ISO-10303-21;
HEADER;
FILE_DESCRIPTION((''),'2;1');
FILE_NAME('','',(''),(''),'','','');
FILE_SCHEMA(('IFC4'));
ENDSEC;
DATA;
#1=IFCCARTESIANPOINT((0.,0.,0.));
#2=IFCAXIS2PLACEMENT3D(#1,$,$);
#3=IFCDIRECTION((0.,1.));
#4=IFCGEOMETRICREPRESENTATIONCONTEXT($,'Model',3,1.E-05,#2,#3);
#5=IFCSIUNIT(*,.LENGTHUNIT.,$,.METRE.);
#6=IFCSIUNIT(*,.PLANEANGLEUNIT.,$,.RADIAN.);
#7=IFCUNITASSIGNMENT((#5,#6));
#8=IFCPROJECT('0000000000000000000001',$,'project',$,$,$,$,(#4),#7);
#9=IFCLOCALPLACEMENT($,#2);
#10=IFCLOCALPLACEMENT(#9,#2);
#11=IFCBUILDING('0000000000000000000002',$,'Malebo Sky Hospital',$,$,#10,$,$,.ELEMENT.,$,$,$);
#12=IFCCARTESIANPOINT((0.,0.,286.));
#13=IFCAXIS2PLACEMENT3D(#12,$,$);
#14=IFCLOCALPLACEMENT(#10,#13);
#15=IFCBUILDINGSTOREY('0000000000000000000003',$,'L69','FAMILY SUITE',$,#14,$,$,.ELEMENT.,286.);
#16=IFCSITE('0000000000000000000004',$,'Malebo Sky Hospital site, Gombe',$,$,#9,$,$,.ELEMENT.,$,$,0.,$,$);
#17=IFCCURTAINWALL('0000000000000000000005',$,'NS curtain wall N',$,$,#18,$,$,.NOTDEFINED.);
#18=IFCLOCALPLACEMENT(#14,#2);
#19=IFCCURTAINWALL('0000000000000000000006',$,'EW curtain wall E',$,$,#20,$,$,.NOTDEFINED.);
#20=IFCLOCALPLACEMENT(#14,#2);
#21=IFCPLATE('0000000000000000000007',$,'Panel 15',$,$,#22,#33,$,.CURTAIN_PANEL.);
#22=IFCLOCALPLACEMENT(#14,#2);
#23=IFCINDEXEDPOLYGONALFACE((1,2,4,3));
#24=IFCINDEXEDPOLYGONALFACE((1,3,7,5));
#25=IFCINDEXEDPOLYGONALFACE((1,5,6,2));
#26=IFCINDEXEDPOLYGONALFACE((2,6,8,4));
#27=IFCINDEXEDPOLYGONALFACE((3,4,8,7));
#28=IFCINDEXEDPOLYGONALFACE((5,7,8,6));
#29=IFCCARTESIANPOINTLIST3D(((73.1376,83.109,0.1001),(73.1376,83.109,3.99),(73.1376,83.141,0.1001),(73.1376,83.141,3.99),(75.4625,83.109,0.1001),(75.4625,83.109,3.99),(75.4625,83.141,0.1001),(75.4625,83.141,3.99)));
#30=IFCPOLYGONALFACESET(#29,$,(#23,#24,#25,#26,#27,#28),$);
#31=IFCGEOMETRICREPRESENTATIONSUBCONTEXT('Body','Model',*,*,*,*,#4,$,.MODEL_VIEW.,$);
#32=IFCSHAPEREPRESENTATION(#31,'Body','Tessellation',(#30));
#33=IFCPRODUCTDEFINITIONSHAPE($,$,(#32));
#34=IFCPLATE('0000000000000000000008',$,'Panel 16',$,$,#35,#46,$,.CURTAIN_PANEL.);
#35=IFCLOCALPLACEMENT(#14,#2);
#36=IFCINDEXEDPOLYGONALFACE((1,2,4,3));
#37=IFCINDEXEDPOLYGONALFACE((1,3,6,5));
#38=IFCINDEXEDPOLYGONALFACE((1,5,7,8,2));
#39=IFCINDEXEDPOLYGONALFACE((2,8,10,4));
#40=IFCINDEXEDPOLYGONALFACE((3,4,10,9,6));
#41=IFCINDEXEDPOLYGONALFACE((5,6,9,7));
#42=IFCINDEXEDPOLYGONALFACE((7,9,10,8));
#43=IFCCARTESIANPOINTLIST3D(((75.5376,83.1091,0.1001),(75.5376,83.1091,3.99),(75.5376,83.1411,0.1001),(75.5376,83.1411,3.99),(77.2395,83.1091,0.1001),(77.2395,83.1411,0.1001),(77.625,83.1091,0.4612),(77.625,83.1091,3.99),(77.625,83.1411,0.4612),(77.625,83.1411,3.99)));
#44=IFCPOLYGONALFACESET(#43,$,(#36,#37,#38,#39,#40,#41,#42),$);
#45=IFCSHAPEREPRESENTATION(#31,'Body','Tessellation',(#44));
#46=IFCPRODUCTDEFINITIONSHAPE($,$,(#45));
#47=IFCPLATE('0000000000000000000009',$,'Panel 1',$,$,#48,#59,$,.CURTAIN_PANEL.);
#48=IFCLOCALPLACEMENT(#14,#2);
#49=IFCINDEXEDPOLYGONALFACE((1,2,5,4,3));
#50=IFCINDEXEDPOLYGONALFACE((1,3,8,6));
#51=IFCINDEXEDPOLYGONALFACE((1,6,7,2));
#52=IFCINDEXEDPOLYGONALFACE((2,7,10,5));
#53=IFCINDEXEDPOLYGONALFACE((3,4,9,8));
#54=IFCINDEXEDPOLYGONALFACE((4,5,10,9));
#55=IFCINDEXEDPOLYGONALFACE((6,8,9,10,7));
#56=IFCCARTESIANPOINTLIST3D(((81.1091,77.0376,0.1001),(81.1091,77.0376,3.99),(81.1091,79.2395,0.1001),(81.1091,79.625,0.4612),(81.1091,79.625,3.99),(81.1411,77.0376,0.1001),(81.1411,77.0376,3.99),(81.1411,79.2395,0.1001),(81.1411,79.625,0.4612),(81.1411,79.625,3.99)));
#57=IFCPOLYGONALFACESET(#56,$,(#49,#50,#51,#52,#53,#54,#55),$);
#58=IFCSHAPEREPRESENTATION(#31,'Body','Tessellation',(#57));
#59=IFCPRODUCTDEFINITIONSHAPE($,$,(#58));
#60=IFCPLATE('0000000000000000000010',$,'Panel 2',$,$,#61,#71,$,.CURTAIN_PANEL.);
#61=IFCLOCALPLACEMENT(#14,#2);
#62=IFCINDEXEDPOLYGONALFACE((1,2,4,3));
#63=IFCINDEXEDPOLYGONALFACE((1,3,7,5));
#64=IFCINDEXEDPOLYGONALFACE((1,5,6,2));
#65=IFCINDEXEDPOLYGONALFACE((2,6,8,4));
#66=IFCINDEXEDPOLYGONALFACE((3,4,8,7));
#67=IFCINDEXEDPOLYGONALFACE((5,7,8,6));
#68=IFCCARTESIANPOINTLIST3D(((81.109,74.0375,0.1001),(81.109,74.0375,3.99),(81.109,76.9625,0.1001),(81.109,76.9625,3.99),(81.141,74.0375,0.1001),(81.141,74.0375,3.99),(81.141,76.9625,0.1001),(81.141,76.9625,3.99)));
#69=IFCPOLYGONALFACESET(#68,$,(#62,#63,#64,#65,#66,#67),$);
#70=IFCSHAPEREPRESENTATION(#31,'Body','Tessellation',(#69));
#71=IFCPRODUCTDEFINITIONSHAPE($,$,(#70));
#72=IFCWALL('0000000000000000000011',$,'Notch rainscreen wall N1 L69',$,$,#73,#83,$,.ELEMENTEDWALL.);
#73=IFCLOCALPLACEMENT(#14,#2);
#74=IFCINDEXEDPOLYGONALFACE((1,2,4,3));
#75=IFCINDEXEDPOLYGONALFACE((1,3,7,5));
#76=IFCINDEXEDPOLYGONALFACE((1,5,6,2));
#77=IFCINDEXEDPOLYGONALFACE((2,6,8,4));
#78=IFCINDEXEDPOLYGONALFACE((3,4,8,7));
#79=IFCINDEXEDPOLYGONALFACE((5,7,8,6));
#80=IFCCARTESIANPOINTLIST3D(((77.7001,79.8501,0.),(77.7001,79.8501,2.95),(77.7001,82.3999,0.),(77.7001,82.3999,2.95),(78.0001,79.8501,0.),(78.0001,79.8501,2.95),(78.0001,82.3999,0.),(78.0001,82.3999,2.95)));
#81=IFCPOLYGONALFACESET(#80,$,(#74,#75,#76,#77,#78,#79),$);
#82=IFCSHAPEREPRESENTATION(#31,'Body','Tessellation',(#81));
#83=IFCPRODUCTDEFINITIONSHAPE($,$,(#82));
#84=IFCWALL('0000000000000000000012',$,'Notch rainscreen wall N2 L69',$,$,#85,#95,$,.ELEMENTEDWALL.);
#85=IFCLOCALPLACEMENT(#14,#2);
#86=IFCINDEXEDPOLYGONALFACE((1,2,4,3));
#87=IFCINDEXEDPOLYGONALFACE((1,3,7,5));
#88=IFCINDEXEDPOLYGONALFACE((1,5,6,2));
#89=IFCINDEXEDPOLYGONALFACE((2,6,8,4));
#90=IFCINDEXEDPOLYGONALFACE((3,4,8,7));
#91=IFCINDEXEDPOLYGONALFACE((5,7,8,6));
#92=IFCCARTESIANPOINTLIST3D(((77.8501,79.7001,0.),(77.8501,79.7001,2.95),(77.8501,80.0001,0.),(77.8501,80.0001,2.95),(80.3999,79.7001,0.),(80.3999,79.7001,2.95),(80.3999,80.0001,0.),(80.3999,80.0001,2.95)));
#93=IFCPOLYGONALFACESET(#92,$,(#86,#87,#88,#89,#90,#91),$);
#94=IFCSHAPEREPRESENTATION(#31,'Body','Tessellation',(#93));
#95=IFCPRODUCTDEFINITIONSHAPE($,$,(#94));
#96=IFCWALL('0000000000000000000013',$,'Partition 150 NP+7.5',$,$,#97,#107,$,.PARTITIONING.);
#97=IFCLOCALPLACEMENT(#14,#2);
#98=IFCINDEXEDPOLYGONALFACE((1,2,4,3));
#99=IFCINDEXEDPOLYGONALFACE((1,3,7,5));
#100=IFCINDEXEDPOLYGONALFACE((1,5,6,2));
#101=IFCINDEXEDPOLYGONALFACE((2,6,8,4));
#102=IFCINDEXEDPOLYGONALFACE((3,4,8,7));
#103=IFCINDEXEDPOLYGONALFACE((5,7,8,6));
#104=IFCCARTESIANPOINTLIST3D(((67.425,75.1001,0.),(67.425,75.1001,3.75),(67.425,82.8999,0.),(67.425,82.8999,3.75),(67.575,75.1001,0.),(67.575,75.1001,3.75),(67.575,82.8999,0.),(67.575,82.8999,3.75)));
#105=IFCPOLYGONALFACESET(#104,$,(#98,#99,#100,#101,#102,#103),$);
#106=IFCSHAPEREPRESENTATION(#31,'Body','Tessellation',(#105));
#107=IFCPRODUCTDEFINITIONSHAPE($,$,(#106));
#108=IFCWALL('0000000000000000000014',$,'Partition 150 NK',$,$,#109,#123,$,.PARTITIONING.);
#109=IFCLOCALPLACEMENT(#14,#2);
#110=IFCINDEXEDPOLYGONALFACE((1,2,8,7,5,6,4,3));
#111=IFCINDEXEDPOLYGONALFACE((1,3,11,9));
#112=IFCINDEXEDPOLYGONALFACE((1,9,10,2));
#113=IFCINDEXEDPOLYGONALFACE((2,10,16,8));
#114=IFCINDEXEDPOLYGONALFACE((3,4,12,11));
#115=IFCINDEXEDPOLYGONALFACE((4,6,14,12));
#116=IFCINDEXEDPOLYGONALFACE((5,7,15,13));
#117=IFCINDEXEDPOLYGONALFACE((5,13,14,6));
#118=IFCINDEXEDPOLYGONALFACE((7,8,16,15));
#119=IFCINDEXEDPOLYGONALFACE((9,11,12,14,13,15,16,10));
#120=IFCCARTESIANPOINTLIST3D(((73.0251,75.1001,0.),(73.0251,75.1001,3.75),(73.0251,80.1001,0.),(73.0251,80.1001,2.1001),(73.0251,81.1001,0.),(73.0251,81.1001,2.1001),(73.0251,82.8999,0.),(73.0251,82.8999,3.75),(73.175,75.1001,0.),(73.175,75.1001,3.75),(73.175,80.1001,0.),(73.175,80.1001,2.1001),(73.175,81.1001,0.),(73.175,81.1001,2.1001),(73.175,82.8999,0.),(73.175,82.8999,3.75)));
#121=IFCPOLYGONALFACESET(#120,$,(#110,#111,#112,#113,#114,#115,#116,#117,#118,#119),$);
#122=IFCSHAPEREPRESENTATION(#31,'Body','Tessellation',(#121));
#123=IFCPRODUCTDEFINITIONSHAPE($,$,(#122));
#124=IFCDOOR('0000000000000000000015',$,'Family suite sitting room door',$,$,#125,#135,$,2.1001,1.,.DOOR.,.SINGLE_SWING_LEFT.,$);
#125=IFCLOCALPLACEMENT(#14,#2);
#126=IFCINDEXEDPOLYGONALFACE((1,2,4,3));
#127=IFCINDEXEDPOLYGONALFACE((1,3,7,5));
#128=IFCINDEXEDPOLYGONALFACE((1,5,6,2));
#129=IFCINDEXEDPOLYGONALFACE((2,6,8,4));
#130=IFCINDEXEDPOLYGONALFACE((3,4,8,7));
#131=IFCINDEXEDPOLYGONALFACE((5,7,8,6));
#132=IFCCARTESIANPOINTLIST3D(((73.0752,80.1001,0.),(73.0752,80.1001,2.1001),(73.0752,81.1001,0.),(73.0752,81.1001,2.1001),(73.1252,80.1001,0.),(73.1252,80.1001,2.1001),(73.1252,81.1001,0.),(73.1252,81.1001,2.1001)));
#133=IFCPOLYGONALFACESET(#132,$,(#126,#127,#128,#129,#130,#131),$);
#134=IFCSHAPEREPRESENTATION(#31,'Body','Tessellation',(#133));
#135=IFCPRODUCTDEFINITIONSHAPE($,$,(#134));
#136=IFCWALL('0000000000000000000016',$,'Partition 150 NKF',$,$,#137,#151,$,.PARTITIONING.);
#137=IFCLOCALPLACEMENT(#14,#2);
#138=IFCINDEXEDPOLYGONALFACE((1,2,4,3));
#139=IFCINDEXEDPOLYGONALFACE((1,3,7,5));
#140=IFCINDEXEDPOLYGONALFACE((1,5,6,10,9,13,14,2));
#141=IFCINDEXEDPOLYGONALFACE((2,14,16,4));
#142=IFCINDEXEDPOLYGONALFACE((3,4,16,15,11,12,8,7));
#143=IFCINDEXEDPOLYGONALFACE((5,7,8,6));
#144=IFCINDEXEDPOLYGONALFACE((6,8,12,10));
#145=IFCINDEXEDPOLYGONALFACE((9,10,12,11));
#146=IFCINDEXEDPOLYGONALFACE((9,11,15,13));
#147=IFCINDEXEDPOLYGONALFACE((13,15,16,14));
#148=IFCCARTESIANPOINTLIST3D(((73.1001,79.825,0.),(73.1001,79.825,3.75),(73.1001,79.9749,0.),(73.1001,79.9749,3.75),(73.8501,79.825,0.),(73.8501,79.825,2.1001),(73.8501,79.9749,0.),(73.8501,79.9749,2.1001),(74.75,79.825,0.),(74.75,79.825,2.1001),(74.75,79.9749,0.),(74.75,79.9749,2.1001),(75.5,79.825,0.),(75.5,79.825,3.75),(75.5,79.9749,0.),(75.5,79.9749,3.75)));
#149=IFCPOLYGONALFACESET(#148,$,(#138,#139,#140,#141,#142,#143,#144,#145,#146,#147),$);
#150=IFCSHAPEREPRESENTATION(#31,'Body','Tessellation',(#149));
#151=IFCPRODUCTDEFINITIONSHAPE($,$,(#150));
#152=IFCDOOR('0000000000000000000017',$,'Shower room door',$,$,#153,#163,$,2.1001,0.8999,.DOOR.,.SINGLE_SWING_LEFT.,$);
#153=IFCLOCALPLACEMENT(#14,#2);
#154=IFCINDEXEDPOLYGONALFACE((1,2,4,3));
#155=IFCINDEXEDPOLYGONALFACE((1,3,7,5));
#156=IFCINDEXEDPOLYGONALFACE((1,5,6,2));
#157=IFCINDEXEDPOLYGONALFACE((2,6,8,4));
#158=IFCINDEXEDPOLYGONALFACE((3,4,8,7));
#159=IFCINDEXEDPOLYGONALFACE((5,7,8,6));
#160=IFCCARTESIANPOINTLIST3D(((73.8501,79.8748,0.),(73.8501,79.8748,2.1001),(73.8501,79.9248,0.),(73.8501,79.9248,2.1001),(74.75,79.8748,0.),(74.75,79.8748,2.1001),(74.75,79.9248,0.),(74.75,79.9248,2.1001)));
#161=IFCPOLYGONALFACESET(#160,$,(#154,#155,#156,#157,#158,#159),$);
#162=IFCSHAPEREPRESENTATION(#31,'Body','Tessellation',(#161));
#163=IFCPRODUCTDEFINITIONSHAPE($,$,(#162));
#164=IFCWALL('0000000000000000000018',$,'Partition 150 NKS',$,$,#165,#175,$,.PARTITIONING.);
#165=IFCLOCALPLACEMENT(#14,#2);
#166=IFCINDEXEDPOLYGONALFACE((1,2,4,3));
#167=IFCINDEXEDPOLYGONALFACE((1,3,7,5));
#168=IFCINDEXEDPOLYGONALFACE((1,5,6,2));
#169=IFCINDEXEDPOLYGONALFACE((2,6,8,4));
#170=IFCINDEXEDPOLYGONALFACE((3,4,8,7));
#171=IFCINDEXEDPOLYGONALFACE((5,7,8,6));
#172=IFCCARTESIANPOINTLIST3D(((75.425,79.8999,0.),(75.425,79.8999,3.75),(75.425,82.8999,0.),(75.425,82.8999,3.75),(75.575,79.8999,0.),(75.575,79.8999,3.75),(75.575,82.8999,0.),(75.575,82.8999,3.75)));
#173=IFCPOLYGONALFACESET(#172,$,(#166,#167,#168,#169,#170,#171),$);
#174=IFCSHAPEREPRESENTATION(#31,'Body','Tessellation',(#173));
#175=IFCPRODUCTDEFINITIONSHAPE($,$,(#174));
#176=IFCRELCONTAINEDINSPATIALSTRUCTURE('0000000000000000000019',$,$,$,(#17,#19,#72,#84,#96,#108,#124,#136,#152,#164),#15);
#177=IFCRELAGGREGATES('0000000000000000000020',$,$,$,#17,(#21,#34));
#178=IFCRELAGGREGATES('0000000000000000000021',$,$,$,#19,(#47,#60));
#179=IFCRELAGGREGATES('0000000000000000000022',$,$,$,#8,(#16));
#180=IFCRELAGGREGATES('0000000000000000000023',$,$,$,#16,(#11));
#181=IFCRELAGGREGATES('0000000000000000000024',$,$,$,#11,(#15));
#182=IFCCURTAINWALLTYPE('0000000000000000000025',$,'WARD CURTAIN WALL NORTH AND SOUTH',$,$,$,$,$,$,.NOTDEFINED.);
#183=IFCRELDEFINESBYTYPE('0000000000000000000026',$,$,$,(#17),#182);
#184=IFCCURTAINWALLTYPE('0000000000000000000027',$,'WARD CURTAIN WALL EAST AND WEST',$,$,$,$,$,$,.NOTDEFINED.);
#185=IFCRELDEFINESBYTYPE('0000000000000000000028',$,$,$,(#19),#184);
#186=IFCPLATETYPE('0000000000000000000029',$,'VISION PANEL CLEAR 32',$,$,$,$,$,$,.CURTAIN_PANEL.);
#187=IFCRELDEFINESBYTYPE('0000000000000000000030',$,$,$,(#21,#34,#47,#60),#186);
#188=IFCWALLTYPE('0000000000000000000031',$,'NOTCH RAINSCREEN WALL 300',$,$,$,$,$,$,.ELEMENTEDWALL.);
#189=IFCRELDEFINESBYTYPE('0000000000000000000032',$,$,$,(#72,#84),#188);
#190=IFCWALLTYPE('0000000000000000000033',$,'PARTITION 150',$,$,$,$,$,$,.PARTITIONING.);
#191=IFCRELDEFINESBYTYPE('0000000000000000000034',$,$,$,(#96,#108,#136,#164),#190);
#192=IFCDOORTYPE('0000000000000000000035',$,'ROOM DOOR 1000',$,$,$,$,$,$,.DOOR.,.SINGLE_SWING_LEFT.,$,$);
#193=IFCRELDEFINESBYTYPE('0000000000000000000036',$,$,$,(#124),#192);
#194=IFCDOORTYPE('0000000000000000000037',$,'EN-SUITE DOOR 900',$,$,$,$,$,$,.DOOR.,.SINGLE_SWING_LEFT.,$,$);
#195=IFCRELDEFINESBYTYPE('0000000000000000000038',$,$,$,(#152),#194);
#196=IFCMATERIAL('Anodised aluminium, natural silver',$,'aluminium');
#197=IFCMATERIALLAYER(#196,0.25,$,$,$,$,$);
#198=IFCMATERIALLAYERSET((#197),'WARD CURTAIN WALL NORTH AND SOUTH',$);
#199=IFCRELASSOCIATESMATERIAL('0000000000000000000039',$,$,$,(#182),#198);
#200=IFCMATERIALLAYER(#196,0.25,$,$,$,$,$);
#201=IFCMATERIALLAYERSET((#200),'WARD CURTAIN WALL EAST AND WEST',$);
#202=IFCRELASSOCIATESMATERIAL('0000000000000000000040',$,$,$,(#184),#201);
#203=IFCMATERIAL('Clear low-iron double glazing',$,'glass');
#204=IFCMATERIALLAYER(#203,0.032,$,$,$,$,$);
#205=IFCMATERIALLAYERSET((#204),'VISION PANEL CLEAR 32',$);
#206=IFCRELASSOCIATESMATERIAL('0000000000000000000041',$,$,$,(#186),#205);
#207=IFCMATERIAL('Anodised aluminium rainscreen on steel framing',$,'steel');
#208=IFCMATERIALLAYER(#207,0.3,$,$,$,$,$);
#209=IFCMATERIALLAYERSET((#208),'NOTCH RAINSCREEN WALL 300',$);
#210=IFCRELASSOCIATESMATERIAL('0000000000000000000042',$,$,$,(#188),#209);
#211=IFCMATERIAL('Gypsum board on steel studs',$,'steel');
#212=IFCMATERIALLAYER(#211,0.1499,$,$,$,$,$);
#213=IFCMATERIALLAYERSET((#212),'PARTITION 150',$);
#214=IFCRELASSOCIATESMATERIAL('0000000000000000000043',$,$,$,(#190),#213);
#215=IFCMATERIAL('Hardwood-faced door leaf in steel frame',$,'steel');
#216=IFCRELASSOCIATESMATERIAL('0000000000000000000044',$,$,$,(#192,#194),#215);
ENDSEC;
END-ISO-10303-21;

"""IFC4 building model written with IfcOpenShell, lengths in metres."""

from ifc_helpers import new_model, si_unit, direction, frame, frame_2d, origin, origin_2d, place, context, subcontext, project, spatial, polyline, rectangle, outline, extrude, material, layer, layer_set, type_object, element, fill, aggregate, save


model = new_model("IFC4")

# Units and contexts
model_context = context("Model", 3, precision=1e-05, world=origin(), true_north=direction((0.0, 1.0)))
body_context = subcontext(model_context, "Body", "Model", "MODEL_VIEW")
ifc_project = project(units=[si_unit("LENGTHUNIT", "METRE"), si_unit("PLANEANGLEUNIT", "RADIAN")], contexts=[model_context])

# Site, building, storey
site_placement = place(None, origin())
site = spatial("IfcSite", under=ifc_project, at=site_placement, Name="Malebo Sky Hospital site, Gombe", CompositionType="ELEMENT", RefElevation=0.0)
building_placement = place(site_placement, origin())
building = spatial("IfcBuilding", under=site, at=building_placement, Name="Malebo Sky Hospital", CompositionType="ELEMENT")
storey_placement = place(building_placement, frame((0.0, 0.0, 286.0)))
storey = spatial("IfcBuildingStorey", under=building, at=storey_placement, Name="L69", Description="FAMILY SUITE", CompositionType="ELEMENT", Elevation=286.0)

# Curtain walls
ifc_material_1 = material(Name="Anodised aluminium, natural silver", Category="aluminium")
ifc_layer_1 = layer(ifc_material_1, 0.25)
ifc_layer_set_1 = layer_set([ifc_layer_1], Name="WARD CURTAIN WALL NORTH AND SOUTH")
curtain_wall_type_1 = type_object("IfcCurtainWallType", Name="WARD CURTAIN WALL NORTH AND SOUTH", PredefinedType="NOTDEFINED", material=ifc_layer_set_1)
curtain_wall_1_placement = place(storey_placement, origin())
curtain_wall_1 = element("IfcCurtainWall", 1, at=curtain_wall_1_placement, inside=storey, type_object=curtain_wall_type_1, Name="NS curtain wall N", PredefinedType="NOTDEFINED")
ifc_layer_2 = layer(ifc_material_1, 0.25)
ifc_layer_set_2 = layer_set([ifc_layer_2], Name="WARD CURTAIN WALL EAST AND WEST")
curtain_wall_type_2 = type_object("IfcCurtainWallType", Name="WARD CURTAIN WALL EAST AND WEST", PredefinedType="NOTDEFINED", material=ifc_layer_set_2)
curtain_wall_2_placement = place(storey_placement, origin())
curtain_wall_2 = element("IfcCurtainWall", 2, at=curtain_wall_2_placement, inside=storey, type_object=curtain_wall_type_2, Name="EW curtain wall E", PredefinedType="NOTDEFINED")

# Plates
ifc_material_2 = material(Name="Clear low-iron double glazing", Category="glass")
ifc_layer_3 = layer(ifc_material_2, 0.032)
ifc_layer_set_3 = layer_set([ifc_layer_3], Name="VISION PANEL CLEAR 32")
plate_type = type_object("IfcPlateType", Name="VISION PANEL CLEAR 32", PredefinedType="CURTAIN_PANEL", material=ifc_layer_set_3)
plate_1_placement = place(storey_placement, frame((74.3, 83.125, 0.1001), z_axis=(0.0, 0.0, 1.0), x_axis=(1.0, 0.0, 0.0)))
plate_1 = element("IfcPlate", 3, at=plate_1_placement, type_object=plate_type, Name="Panel 15", PredefinedType="CURTAIN_PANEL", context=body_context, shape_type="SweptSolid", body=[
    extrude(rectangle(XDim=2.325, YDim=0.032, at=origin_2d()), origin(), (0.0, 0.0, 1.0), 3.8899),
])
plate_2_placement = place(storey_placement, frame((76.5813, 83.125, 0.1001), z_axis=(0.0, 0.0, 1.0), x_axis=(1.0, 0.0, 0.0)))
plate_2 = element("IfcPlate", 4, at=plate_2_placement, type_object=plate_type, Name="Panel 16", PredefinedType="CURTAIN_PANEL", context=body_context, shape_type="SweptSolid", body=[
    extrude(outline(polyline([(-1.0437, 0.0), (0.6582, 0.0), (1.0437, 0.3611), (1.0437, 3.8899), (-1.0437, 3.8899), (-1.0437, 0.0)])), frame((0.0, 0.0161, 0.0), z_axis=(0.0, -1.0, 0.0), x_axis=(1.0, 0.0, 0.0)), (0.0, 0.0, 1.0), 0.032),
])
aggregate(curtain_wall_1, [plate_1, plate_2])
plate_3_placement = place(storey_placement, frame((81.125, 78.3313, 0.1001), z_axis=(0.0, 0.0, 1.0), x_axis=(0.0, -1.0, 0.0)))
plate_3 = element("IfcPlate", 5, at=plate_3_placement, type_object=plate_type, Name="Panel 1", PredefinedType="CURTAIN_PANEL", context=body_context, shape_type="SweptSolid", body=[
    extrude(outline(polyline([(-0.9082, 0.0), (1.2937, 0.0), (1.2937, 3.8899), (-1.2937, 3.8899), (-1.2937, 0.3611), (-0.9082, 0.0)])), frame((0.0, 0.0161, 0.0), z_axis=(0.0, -1.0, 0.0), x_axis=(1.0, 0.0, 0.0)), (0.0, 0.0, 1.0), 0.032),
])
plate_4_placement = place(storey_placement, frame((81.125, 75.5, 0.1001), z_axis=(0.0, 0.0, 1.0), x_axis=(0.0, -1.0, 0.0)))
plate_4 = element("IfcPlate", 6, at=plate_4_placement, type_object=plate_type, Name="Panel 2", PredefinedType="CURTAIN_PANEL", context=body_context, shape_type="SweptSolid", body=[
    extrude(rectangle(XDim=2.925, YDim=0.032, at=origin_2d()), origin(), (0.0, 0.0, 1.0), 3.8899),
])
aggregate(curtain_wall_2, [plate_3, plate_4])

# Walls
ifc_material_3 = material(Name="Anodised aluminium rainscreen on steel framing", Category="steel")
ifc_layer_4 = layer(ifc_material_3, 0.3)
ifc_layer_set_4 = layer_set([ifc_layer_4], Name="NOTCH RAINSCREEN WALL 300")
wall_type_1 = type_object("IfcWallType", Name="NOTCH RAINSCREEN WALL 300", PredefinedType="ELEMENTEDWALL", material=ifc_layer_set_4)
for number, where, z_axis, x_axis, name in (
    (7, (77.8501, 82.3999, 0.0), (0.0, 0.0, 1.0), (0.0, -1.0, 0.0), "Notch rainscreen wall N1 L69"),
    (8, (77.8501, 79.8501, 0.0), (0.0, 0.0, 1.0), (1.0, 0.0, 0.0), "Notch rainscreen wall N2 L69"),
):
    element("IfcWall", number, at=place(storey_placement, frame(where, z_axis=z_axis, x_axis=x_axis)), inside=storey, type_object=wall_type_1, Name=name, PredefinedType="ELEMENTEDWALL", context=body_context, shape_type="SweptSolid", body=[
        extrude(rectangle(XDim=2.5498, YDim=0.3, at=frame_2d((1.2749, 0.0))), origin(), (0.0, 0.0, 1.0), 2.95),
    ])
ifc_material_4 = material(Name="Gypsum board on steel studs", Category="steel")
ifc_layer_5 = layer(ifc_material_4, 0.1499)
ifc_layer_set_5 = layer_set([ifc_layer_5], Name="PARTITION 150")
wall_type_2 = type_object("IfcWallType", Name="PARTITION 150", PredefinedType="PARTITIONING", material=ifc_layer_set_5)
wall_1_placement = place(storey_placement, frame((67.5, 75.1001, 0.0), z_axis=(0.0, 0.0, 1.0), x_axis=(0.0, 1.0, 0.0)))
element("IfcWall", 9, at=wall_1_placement, inside=storey, type_object=wall_type_2, Name="Partition 150 NP+7.5", PredefinedType="PARTITIONING", context=body_context, shape_type="SweptSolid", body=[
    extrude(rectangle(XDim=7.7998, YDim=0.1499, at=frame_2d((3.8999, 0.0))), origin(), (0.0, 0.0, 1.0), 3.75),
])

# Walls, openings, doors
wall_2_placement = place(storey_placement, frame((73.1001, 75.1001, 0.0), z_axis=(0.0, 0.0, 1.0), x_axis=(0.0, 1.0, 0.0)))
wall_2 = element("IfcWall", 10, at=wall_2_placement, inside=storey, type_object=wall_type_2, Name="Partition 150 NK", PredefinedType="PARTITIONING", context=body_context, shape_type="SweptSolid", body=[
    extrude(rectangle(XDim=7.7998, YDim=0.1499, at=frame_2d((3.8999, 0.0))), origin(), (0.0, 0.0, 1.0), 3.75),
])
opening_1_placement = place(wall_2_placement, frame((5.0, 0.0, 0.0)))
opening_1 = element("IfcOpeningElement", 11, at=opening_1_placement, cuts=wall_2, PredefinedType="OPENING", context=body_context, shape_type="SweptSolid", body=[
    extrude(rectangle(XDim=1.0, YDim=2.1001, at=frame_2d((0.5, 1.05))), frame((0.0, 0.085, 0.0), z_axis=(0.0, -1.0, 0.0), x_axis=(1.0, 0.0, 0.0)), (0.0, 0.0, 1.0), 0.1699),
])
ifc_material_5 = material(Name="Hardwood-faced door leaf in steel frame", Category="steel")
door_type_1 = type_object("IfcDoorType", Name="ROOM DOOR 1000", OperationType="SINGLE_SWING_LEFT", PredefinedType="DOOR", material=ifc_material_5)
door_1_placement = place(opening_1_placement, origin())
door_1 = element("IfcDoor", 12, at=door_1_placement, inside=storey, type_object=door_type_1, Name="Family suite sitting room door", OperationType="SINGLE_SWING_LEFT", OverallHeight=2.1001, OverallWidth=1.0, PredefinedType="DOOR", context=body_context, shape_type="SweptSolid", body=[
    extrude(rectangle(XDim=1.0, YDim=2.1001, at=frame_2d((0.5, 1.05))), frame((0.0, 0.0249, 0.0), z_axis=(0.0, -1.0, 0.0), x_axis=(1.0, 0.0, 0.0)), (0.0, 0.0, 1.0), 0.05),
])
fill(opening_1, door_1)
wall_3_placement = place(storey_placement, frame((73.1001, 79.8999, 0.0), z_axis=(0.0, 0.0, 1.0), x_axis=(1.0, 0.0, 0.0)))
wall_3 = element("IfcWall", 13, at=wall_3_placement, inside=storey, type_object=wall_type_2, Name="Partition 150 NKF", PredefinedType="PARTITIONING", context=body_context, shape_type="SweptSolid", body=[
    extrude(rectangle(XDim=2.3999, YDim=0.1499, at=frame_2d((1.2, 0.0))), origin(), (0.0, 0.0, 1.0), 3.75),
])
opening_2_placement = place(wall_3_placement, frame((0.75, 0.0, 0.0)))
opening_2 = element("IfcOpeningElement", 14, at=opening_2_placement, cuts=wall_3, PredefinedType="OPENING", context=body_context, shape_type="SweptSolid", body=[
    extrude(rectangle(XDim=0.8999, YDim=2.1001, at=frame_2d((0.45, 1.05))), frame((0.0, 0.085, 0.0), z_axis=(0.0, -1.0, 0.0), x_axis=(1.0, 0.0, 0.0)), (0.0, 0.0, 1.0), 0.1699),
])
door_type_2 = type_object("IfcDoorType", Name="EN-SUITE DOOR 900", OperationType="SINGLE_SWING_LEFT", PredefinedType="DOOR", material=ifc_material_5)
door_2_placement = place(opening_2_placement, origin())
door_2 = element("IfcDoor", 15, at=door_2_placement, inside=storey, type_object=door_type_2, Name="Shower room door", OperationType="SINGLE_SWING_LEFT", OverallHeight=2.1001, OverallWidth=0.8999, PredefinedType="DOOR", context=body_context, shape_type="SweptSolid", body=[
    extrude(rectangle(XDim=0.8999, YDim=2.1001, at=frame_2d((0.45, 1.05))), frame((0.0, 0.0249, 0.0), z_axis=(0.0, -1.0, 0.0), x_axis=(1.0, 0.0, 0.0)), (0.0, 0.0, 1.0), 0.05),
])
fill(opening_2, door_2)

# Wall
wall_4_placement = place(storey_placement, frame((75.5, 79.8999, 0.0), z_axis=(0.0, 0.0, 1.0), x_axis=(0.0, 1.0, 0.0)))
element("IfcWall", 16, at=wall_4_placement, inside=storey, type_object=wall_type_2, Name="Partition 150 NKS", PredefinedType="PARTITIONING", context=body_context, shape_type="SweptSolid", body=[
    extrude(rectangle(XDim=3.0, YDim=0.1499, at=frame_2d((1.5, 0.0))), origin(), (0.0, 0.0, 1.0), 3.75),
])

save(model, "model.ifc")
